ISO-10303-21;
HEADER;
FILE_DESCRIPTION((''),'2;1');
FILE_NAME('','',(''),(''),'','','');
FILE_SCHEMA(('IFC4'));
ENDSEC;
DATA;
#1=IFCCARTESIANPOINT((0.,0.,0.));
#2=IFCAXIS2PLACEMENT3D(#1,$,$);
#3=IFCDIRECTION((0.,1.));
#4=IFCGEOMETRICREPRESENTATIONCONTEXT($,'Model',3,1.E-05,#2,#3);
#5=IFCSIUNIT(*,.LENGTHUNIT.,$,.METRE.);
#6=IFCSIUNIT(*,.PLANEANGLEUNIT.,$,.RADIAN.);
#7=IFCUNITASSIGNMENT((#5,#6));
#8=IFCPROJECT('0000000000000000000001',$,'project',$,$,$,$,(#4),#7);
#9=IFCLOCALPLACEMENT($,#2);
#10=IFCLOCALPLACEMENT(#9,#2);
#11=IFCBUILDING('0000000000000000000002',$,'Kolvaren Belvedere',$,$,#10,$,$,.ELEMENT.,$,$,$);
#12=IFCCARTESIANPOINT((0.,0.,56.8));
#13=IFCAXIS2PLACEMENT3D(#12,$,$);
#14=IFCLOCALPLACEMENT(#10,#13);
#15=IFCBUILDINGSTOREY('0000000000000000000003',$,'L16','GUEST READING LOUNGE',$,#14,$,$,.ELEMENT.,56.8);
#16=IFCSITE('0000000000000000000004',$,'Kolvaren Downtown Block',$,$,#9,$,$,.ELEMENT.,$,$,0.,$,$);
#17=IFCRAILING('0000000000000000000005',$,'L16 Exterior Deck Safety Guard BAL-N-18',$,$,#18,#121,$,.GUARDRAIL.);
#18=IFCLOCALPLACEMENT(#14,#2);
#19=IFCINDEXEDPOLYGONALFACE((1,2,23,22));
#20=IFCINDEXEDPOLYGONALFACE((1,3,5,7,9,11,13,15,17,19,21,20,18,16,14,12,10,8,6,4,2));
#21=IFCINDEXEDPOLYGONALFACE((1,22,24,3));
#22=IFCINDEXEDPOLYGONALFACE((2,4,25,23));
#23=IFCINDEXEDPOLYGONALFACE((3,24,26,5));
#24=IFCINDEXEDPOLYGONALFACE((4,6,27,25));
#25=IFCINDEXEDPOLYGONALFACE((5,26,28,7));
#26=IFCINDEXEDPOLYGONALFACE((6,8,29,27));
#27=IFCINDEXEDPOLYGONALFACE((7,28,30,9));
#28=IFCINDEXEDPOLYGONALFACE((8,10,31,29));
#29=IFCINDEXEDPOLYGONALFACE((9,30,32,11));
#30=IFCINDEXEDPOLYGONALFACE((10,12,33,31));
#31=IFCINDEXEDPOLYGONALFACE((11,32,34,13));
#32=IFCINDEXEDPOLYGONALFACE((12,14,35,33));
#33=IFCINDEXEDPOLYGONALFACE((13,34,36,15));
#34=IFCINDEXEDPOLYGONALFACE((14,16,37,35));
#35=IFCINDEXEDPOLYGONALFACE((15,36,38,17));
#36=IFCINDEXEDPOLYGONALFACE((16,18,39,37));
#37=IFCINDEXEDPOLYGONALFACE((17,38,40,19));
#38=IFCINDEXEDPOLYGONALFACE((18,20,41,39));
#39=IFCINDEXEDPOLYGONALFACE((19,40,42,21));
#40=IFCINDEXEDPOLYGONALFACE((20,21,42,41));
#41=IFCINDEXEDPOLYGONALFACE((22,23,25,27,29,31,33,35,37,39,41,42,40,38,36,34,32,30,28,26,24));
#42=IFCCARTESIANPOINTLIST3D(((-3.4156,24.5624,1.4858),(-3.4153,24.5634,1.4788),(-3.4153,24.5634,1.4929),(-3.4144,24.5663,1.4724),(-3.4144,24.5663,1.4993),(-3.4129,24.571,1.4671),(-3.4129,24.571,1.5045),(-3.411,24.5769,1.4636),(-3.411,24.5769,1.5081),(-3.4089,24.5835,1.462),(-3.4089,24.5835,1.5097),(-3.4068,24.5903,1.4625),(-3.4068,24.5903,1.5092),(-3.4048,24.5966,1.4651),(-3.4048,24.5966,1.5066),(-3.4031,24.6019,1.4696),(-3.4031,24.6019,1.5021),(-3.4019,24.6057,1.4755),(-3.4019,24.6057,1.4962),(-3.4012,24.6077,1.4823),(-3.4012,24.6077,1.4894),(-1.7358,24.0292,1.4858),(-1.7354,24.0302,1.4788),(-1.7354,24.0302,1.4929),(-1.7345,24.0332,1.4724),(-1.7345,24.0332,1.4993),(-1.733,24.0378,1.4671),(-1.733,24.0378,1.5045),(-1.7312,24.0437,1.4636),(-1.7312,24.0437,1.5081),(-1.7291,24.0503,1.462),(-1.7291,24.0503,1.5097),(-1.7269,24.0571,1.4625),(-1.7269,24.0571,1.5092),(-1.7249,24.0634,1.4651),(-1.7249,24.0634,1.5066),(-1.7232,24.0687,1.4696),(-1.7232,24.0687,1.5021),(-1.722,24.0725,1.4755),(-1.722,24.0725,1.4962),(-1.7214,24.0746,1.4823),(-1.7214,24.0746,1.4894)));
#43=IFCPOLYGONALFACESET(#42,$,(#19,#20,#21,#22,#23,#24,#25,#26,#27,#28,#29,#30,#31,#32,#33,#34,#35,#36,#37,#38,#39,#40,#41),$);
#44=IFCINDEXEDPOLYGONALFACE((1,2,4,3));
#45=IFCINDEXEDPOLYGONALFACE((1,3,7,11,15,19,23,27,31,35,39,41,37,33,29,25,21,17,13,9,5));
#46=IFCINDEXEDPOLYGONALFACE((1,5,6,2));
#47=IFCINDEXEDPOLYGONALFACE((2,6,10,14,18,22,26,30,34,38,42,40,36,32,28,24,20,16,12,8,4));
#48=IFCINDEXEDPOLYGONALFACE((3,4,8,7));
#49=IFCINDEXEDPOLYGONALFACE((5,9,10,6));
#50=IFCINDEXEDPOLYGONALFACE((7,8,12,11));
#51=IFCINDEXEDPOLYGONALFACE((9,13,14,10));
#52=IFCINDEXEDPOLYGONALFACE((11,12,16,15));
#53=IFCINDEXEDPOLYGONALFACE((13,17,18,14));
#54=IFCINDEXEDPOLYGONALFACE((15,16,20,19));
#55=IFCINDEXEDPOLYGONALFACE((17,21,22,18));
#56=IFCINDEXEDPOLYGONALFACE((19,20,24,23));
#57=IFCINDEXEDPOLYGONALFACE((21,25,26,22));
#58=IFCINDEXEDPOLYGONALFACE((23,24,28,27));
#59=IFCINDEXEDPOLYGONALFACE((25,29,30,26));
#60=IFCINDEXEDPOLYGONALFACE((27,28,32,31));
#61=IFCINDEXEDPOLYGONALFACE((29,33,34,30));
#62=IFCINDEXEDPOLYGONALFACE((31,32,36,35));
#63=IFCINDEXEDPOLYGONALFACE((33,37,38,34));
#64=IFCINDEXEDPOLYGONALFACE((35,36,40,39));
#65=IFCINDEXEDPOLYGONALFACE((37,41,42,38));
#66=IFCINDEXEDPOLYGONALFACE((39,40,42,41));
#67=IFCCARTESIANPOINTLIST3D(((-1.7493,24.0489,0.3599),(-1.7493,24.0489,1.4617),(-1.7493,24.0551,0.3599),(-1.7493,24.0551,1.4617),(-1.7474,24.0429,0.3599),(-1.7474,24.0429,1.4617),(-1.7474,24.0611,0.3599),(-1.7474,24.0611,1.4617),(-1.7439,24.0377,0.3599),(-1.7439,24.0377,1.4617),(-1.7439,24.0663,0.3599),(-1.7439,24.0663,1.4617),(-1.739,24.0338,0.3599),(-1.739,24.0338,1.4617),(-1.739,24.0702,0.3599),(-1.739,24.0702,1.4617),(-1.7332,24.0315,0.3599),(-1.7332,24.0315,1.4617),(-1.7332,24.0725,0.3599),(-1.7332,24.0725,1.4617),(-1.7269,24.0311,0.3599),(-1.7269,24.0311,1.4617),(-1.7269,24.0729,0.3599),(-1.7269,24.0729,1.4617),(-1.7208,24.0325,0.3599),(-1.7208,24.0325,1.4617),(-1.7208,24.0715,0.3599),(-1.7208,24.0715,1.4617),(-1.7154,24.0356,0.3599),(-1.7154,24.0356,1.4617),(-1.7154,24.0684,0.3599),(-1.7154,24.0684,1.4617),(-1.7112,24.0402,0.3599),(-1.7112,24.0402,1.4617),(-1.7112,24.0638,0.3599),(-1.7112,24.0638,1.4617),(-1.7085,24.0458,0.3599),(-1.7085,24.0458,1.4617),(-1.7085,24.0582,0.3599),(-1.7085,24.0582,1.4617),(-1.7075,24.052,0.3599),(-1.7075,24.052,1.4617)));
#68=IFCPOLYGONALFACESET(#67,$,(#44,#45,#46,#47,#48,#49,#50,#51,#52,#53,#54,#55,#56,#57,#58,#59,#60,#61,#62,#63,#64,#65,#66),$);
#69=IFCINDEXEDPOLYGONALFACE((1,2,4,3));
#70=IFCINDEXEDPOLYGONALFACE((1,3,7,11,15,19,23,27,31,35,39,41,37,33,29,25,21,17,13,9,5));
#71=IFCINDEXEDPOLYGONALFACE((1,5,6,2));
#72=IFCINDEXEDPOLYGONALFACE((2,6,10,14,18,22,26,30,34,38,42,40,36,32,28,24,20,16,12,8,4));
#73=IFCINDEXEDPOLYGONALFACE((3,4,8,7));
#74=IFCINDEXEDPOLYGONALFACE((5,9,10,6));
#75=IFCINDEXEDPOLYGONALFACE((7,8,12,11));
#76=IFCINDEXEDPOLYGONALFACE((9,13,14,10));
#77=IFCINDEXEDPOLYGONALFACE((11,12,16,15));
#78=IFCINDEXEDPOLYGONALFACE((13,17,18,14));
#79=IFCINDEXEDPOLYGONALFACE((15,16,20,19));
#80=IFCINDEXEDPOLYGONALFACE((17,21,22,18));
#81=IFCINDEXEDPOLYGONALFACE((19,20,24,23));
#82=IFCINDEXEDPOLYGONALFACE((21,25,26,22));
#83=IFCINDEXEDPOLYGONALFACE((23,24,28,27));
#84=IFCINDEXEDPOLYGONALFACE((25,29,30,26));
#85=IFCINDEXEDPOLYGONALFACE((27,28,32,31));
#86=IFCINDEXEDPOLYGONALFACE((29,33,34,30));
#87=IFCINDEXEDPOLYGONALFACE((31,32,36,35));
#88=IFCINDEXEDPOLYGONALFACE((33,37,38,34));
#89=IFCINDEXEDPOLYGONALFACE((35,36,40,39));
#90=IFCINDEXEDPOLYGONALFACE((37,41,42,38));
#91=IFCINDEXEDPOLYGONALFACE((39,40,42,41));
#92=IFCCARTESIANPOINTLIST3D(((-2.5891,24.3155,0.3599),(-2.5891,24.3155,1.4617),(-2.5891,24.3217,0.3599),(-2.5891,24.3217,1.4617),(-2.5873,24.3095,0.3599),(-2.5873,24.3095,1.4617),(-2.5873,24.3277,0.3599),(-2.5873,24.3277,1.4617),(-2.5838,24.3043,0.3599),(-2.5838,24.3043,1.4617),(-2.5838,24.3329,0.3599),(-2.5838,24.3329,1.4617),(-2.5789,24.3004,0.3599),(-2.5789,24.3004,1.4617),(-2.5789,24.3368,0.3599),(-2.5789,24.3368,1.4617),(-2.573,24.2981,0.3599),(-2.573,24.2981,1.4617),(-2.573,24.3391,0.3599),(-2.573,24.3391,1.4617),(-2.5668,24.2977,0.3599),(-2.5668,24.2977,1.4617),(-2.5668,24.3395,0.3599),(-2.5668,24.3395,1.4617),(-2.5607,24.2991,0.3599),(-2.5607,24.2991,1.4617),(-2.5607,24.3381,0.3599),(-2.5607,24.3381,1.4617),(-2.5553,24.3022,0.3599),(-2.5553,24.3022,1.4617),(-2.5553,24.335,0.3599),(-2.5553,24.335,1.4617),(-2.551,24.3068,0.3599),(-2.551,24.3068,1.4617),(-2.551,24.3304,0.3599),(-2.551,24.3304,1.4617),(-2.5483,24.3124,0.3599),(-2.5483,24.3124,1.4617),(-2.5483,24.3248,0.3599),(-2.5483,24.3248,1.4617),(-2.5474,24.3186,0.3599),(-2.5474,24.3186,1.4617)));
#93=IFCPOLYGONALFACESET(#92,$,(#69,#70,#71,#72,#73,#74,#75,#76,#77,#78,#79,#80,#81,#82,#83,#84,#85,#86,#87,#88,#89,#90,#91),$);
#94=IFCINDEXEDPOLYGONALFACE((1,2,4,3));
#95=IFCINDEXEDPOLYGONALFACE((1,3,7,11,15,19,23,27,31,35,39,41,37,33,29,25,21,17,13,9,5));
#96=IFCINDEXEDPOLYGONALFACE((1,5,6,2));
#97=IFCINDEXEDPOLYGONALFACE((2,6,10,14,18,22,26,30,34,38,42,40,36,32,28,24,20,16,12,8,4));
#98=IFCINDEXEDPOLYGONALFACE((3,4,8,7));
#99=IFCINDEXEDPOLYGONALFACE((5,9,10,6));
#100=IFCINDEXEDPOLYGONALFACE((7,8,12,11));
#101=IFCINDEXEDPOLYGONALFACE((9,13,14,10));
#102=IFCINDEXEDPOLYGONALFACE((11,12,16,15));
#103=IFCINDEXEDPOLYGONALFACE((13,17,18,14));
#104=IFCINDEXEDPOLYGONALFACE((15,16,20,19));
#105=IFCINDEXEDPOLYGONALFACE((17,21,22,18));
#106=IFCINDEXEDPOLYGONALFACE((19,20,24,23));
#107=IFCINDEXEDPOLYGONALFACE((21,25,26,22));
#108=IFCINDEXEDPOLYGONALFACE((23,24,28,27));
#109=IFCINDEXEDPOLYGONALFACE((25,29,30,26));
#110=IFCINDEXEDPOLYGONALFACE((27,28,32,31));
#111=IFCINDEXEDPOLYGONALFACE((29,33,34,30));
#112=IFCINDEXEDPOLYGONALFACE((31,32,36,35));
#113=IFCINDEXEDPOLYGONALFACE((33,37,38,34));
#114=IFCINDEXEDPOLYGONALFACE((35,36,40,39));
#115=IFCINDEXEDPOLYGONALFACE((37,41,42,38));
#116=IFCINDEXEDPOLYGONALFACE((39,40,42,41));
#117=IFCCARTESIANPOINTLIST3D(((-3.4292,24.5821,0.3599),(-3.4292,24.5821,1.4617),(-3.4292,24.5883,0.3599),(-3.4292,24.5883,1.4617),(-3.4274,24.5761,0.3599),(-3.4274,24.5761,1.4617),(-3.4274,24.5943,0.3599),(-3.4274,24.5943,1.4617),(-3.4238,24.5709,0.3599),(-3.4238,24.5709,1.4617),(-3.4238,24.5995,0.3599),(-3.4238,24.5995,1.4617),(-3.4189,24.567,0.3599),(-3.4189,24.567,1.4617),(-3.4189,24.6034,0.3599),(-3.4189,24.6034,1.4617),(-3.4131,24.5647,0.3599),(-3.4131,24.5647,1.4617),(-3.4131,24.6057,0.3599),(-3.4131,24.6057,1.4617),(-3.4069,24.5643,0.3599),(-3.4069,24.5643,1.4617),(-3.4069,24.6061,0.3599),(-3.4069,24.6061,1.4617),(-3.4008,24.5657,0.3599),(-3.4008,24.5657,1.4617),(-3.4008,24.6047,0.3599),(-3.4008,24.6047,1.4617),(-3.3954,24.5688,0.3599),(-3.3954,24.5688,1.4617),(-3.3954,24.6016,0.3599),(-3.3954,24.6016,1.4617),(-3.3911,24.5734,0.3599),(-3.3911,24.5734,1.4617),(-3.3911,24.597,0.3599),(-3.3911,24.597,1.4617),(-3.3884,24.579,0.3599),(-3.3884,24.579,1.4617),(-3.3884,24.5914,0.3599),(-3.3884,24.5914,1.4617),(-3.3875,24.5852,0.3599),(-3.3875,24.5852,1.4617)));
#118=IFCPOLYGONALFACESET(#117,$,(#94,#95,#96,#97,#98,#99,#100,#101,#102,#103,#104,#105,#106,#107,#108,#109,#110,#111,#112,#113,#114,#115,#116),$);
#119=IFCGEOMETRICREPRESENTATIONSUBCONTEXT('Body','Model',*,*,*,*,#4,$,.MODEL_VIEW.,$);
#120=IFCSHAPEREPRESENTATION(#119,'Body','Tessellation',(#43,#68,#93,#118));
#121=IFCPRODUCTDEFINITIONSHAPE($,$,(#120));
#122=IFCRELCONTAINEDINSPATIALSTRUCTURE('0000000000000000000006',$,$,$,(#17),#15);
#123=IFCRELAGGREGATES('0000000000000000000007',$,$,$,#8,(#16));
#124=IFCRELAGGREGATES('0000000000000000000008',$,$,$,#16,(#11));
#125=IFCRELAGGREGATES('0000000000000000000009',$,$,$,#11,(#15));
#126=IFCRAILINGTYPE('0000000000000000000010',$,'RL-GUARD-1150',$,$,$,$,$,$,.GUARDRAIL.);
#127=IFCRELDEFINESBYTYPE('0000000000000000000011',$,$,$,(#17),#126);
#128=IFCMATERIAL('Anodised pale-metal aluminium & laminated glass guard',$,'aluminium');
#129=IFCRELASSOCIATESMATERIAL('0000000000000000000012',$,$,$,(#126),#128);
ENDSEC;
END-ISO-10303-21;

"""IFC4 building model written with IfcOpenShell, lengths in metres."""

from ifc_helpers import new_model, si_unit, direction, frame, origin, origin_2d, place, context, subcontext, project, spatial, circle, extrude, material, type_object, element, save


model = new_model("IFC4")

# Units and contexts
model_context = context("Model", 3, precision=1e-05, world=origin(), true_north=direction((0.0, 1.0)))
body_context = subcontext(model_context, "Body", "Model", "MODEL_VIEW")
ifc_project = project(units=[si_unit("LENGTHUNIT", "METRE"), si_unit("PLANEANGLEUNIT", "RADIAN")], contexts=[model_context])

# Site, building, storey
site_placement = place(None, origin())
site = spatial("IfcSite", under=ifc_project, at=site_placement, Name="Kolvaren Downtown Block", CompositionType="ELEMENT", RefElevation=0.0)
building_placement = place(site_placement, origin())
building = spatial("IfcBuilding", under=site, at=building_placement, Name="Kolvaren Belvedere", CompositionType="ELEMENT")
storey_placement = place(building_placement, frame((0.0, 0.0, 56.8)))
storey = spatial("IfcBuildingStorey", under=building, at=storey_placement, Name="L16", Description="GUEST READING LOUNGE", CompositionType="ELEMENT", Elevation=56.8)

# Railing
ifc_material_1 = material(Name="Anodised pale-metal aluminium & laminated glass guard", Category="aluminium")
railing_type = type_object("IfcRailingType", Name="RL-GUARD-1150", PredefinedType="GUARDRAIL", material=ifc_material_1)
railing_1_placement = place(storey_placement, frame((-1.7285, 24.052, 0.3599)))
element("IfcRailing", 1, at=railing_1_placement, inside=storey, type_object=railing_type, Name="L16 Exterior Deck Safety Guard BAL-N-18", PredefinedType="GUARDRAIL", context=body_context, shape_type="SweptSolid", body=[
    extrude(circle(Radius=0.0239, at=origin_2d()), frame((0.0, 0.0, 1.126), z_axis=(-0.953142, 0.302523, 0.0), x_axis=(-0.302523, -0.953142, 0.0)), (0.0, 0.0, 1.0), 1.7625),
    extrude(circle(Radius=0.021, at=origin_2d()), origin(), (0.0, 0.0, 1.0), 1.1018),
    extrude(circle(Radius=0.021, at=origin_2d()), frame((-0.8398, 0.2666, 0.0)), (0.0, 0.0, 1.0), 1.1018),
    extrude(circle(Radius=0.021, at=origin_2d()), frame((-1.6799, 0.5332, 0.0)), (0.0, 0.0, 1.0), 1.1018),
])

save(model, "model.ifc")
